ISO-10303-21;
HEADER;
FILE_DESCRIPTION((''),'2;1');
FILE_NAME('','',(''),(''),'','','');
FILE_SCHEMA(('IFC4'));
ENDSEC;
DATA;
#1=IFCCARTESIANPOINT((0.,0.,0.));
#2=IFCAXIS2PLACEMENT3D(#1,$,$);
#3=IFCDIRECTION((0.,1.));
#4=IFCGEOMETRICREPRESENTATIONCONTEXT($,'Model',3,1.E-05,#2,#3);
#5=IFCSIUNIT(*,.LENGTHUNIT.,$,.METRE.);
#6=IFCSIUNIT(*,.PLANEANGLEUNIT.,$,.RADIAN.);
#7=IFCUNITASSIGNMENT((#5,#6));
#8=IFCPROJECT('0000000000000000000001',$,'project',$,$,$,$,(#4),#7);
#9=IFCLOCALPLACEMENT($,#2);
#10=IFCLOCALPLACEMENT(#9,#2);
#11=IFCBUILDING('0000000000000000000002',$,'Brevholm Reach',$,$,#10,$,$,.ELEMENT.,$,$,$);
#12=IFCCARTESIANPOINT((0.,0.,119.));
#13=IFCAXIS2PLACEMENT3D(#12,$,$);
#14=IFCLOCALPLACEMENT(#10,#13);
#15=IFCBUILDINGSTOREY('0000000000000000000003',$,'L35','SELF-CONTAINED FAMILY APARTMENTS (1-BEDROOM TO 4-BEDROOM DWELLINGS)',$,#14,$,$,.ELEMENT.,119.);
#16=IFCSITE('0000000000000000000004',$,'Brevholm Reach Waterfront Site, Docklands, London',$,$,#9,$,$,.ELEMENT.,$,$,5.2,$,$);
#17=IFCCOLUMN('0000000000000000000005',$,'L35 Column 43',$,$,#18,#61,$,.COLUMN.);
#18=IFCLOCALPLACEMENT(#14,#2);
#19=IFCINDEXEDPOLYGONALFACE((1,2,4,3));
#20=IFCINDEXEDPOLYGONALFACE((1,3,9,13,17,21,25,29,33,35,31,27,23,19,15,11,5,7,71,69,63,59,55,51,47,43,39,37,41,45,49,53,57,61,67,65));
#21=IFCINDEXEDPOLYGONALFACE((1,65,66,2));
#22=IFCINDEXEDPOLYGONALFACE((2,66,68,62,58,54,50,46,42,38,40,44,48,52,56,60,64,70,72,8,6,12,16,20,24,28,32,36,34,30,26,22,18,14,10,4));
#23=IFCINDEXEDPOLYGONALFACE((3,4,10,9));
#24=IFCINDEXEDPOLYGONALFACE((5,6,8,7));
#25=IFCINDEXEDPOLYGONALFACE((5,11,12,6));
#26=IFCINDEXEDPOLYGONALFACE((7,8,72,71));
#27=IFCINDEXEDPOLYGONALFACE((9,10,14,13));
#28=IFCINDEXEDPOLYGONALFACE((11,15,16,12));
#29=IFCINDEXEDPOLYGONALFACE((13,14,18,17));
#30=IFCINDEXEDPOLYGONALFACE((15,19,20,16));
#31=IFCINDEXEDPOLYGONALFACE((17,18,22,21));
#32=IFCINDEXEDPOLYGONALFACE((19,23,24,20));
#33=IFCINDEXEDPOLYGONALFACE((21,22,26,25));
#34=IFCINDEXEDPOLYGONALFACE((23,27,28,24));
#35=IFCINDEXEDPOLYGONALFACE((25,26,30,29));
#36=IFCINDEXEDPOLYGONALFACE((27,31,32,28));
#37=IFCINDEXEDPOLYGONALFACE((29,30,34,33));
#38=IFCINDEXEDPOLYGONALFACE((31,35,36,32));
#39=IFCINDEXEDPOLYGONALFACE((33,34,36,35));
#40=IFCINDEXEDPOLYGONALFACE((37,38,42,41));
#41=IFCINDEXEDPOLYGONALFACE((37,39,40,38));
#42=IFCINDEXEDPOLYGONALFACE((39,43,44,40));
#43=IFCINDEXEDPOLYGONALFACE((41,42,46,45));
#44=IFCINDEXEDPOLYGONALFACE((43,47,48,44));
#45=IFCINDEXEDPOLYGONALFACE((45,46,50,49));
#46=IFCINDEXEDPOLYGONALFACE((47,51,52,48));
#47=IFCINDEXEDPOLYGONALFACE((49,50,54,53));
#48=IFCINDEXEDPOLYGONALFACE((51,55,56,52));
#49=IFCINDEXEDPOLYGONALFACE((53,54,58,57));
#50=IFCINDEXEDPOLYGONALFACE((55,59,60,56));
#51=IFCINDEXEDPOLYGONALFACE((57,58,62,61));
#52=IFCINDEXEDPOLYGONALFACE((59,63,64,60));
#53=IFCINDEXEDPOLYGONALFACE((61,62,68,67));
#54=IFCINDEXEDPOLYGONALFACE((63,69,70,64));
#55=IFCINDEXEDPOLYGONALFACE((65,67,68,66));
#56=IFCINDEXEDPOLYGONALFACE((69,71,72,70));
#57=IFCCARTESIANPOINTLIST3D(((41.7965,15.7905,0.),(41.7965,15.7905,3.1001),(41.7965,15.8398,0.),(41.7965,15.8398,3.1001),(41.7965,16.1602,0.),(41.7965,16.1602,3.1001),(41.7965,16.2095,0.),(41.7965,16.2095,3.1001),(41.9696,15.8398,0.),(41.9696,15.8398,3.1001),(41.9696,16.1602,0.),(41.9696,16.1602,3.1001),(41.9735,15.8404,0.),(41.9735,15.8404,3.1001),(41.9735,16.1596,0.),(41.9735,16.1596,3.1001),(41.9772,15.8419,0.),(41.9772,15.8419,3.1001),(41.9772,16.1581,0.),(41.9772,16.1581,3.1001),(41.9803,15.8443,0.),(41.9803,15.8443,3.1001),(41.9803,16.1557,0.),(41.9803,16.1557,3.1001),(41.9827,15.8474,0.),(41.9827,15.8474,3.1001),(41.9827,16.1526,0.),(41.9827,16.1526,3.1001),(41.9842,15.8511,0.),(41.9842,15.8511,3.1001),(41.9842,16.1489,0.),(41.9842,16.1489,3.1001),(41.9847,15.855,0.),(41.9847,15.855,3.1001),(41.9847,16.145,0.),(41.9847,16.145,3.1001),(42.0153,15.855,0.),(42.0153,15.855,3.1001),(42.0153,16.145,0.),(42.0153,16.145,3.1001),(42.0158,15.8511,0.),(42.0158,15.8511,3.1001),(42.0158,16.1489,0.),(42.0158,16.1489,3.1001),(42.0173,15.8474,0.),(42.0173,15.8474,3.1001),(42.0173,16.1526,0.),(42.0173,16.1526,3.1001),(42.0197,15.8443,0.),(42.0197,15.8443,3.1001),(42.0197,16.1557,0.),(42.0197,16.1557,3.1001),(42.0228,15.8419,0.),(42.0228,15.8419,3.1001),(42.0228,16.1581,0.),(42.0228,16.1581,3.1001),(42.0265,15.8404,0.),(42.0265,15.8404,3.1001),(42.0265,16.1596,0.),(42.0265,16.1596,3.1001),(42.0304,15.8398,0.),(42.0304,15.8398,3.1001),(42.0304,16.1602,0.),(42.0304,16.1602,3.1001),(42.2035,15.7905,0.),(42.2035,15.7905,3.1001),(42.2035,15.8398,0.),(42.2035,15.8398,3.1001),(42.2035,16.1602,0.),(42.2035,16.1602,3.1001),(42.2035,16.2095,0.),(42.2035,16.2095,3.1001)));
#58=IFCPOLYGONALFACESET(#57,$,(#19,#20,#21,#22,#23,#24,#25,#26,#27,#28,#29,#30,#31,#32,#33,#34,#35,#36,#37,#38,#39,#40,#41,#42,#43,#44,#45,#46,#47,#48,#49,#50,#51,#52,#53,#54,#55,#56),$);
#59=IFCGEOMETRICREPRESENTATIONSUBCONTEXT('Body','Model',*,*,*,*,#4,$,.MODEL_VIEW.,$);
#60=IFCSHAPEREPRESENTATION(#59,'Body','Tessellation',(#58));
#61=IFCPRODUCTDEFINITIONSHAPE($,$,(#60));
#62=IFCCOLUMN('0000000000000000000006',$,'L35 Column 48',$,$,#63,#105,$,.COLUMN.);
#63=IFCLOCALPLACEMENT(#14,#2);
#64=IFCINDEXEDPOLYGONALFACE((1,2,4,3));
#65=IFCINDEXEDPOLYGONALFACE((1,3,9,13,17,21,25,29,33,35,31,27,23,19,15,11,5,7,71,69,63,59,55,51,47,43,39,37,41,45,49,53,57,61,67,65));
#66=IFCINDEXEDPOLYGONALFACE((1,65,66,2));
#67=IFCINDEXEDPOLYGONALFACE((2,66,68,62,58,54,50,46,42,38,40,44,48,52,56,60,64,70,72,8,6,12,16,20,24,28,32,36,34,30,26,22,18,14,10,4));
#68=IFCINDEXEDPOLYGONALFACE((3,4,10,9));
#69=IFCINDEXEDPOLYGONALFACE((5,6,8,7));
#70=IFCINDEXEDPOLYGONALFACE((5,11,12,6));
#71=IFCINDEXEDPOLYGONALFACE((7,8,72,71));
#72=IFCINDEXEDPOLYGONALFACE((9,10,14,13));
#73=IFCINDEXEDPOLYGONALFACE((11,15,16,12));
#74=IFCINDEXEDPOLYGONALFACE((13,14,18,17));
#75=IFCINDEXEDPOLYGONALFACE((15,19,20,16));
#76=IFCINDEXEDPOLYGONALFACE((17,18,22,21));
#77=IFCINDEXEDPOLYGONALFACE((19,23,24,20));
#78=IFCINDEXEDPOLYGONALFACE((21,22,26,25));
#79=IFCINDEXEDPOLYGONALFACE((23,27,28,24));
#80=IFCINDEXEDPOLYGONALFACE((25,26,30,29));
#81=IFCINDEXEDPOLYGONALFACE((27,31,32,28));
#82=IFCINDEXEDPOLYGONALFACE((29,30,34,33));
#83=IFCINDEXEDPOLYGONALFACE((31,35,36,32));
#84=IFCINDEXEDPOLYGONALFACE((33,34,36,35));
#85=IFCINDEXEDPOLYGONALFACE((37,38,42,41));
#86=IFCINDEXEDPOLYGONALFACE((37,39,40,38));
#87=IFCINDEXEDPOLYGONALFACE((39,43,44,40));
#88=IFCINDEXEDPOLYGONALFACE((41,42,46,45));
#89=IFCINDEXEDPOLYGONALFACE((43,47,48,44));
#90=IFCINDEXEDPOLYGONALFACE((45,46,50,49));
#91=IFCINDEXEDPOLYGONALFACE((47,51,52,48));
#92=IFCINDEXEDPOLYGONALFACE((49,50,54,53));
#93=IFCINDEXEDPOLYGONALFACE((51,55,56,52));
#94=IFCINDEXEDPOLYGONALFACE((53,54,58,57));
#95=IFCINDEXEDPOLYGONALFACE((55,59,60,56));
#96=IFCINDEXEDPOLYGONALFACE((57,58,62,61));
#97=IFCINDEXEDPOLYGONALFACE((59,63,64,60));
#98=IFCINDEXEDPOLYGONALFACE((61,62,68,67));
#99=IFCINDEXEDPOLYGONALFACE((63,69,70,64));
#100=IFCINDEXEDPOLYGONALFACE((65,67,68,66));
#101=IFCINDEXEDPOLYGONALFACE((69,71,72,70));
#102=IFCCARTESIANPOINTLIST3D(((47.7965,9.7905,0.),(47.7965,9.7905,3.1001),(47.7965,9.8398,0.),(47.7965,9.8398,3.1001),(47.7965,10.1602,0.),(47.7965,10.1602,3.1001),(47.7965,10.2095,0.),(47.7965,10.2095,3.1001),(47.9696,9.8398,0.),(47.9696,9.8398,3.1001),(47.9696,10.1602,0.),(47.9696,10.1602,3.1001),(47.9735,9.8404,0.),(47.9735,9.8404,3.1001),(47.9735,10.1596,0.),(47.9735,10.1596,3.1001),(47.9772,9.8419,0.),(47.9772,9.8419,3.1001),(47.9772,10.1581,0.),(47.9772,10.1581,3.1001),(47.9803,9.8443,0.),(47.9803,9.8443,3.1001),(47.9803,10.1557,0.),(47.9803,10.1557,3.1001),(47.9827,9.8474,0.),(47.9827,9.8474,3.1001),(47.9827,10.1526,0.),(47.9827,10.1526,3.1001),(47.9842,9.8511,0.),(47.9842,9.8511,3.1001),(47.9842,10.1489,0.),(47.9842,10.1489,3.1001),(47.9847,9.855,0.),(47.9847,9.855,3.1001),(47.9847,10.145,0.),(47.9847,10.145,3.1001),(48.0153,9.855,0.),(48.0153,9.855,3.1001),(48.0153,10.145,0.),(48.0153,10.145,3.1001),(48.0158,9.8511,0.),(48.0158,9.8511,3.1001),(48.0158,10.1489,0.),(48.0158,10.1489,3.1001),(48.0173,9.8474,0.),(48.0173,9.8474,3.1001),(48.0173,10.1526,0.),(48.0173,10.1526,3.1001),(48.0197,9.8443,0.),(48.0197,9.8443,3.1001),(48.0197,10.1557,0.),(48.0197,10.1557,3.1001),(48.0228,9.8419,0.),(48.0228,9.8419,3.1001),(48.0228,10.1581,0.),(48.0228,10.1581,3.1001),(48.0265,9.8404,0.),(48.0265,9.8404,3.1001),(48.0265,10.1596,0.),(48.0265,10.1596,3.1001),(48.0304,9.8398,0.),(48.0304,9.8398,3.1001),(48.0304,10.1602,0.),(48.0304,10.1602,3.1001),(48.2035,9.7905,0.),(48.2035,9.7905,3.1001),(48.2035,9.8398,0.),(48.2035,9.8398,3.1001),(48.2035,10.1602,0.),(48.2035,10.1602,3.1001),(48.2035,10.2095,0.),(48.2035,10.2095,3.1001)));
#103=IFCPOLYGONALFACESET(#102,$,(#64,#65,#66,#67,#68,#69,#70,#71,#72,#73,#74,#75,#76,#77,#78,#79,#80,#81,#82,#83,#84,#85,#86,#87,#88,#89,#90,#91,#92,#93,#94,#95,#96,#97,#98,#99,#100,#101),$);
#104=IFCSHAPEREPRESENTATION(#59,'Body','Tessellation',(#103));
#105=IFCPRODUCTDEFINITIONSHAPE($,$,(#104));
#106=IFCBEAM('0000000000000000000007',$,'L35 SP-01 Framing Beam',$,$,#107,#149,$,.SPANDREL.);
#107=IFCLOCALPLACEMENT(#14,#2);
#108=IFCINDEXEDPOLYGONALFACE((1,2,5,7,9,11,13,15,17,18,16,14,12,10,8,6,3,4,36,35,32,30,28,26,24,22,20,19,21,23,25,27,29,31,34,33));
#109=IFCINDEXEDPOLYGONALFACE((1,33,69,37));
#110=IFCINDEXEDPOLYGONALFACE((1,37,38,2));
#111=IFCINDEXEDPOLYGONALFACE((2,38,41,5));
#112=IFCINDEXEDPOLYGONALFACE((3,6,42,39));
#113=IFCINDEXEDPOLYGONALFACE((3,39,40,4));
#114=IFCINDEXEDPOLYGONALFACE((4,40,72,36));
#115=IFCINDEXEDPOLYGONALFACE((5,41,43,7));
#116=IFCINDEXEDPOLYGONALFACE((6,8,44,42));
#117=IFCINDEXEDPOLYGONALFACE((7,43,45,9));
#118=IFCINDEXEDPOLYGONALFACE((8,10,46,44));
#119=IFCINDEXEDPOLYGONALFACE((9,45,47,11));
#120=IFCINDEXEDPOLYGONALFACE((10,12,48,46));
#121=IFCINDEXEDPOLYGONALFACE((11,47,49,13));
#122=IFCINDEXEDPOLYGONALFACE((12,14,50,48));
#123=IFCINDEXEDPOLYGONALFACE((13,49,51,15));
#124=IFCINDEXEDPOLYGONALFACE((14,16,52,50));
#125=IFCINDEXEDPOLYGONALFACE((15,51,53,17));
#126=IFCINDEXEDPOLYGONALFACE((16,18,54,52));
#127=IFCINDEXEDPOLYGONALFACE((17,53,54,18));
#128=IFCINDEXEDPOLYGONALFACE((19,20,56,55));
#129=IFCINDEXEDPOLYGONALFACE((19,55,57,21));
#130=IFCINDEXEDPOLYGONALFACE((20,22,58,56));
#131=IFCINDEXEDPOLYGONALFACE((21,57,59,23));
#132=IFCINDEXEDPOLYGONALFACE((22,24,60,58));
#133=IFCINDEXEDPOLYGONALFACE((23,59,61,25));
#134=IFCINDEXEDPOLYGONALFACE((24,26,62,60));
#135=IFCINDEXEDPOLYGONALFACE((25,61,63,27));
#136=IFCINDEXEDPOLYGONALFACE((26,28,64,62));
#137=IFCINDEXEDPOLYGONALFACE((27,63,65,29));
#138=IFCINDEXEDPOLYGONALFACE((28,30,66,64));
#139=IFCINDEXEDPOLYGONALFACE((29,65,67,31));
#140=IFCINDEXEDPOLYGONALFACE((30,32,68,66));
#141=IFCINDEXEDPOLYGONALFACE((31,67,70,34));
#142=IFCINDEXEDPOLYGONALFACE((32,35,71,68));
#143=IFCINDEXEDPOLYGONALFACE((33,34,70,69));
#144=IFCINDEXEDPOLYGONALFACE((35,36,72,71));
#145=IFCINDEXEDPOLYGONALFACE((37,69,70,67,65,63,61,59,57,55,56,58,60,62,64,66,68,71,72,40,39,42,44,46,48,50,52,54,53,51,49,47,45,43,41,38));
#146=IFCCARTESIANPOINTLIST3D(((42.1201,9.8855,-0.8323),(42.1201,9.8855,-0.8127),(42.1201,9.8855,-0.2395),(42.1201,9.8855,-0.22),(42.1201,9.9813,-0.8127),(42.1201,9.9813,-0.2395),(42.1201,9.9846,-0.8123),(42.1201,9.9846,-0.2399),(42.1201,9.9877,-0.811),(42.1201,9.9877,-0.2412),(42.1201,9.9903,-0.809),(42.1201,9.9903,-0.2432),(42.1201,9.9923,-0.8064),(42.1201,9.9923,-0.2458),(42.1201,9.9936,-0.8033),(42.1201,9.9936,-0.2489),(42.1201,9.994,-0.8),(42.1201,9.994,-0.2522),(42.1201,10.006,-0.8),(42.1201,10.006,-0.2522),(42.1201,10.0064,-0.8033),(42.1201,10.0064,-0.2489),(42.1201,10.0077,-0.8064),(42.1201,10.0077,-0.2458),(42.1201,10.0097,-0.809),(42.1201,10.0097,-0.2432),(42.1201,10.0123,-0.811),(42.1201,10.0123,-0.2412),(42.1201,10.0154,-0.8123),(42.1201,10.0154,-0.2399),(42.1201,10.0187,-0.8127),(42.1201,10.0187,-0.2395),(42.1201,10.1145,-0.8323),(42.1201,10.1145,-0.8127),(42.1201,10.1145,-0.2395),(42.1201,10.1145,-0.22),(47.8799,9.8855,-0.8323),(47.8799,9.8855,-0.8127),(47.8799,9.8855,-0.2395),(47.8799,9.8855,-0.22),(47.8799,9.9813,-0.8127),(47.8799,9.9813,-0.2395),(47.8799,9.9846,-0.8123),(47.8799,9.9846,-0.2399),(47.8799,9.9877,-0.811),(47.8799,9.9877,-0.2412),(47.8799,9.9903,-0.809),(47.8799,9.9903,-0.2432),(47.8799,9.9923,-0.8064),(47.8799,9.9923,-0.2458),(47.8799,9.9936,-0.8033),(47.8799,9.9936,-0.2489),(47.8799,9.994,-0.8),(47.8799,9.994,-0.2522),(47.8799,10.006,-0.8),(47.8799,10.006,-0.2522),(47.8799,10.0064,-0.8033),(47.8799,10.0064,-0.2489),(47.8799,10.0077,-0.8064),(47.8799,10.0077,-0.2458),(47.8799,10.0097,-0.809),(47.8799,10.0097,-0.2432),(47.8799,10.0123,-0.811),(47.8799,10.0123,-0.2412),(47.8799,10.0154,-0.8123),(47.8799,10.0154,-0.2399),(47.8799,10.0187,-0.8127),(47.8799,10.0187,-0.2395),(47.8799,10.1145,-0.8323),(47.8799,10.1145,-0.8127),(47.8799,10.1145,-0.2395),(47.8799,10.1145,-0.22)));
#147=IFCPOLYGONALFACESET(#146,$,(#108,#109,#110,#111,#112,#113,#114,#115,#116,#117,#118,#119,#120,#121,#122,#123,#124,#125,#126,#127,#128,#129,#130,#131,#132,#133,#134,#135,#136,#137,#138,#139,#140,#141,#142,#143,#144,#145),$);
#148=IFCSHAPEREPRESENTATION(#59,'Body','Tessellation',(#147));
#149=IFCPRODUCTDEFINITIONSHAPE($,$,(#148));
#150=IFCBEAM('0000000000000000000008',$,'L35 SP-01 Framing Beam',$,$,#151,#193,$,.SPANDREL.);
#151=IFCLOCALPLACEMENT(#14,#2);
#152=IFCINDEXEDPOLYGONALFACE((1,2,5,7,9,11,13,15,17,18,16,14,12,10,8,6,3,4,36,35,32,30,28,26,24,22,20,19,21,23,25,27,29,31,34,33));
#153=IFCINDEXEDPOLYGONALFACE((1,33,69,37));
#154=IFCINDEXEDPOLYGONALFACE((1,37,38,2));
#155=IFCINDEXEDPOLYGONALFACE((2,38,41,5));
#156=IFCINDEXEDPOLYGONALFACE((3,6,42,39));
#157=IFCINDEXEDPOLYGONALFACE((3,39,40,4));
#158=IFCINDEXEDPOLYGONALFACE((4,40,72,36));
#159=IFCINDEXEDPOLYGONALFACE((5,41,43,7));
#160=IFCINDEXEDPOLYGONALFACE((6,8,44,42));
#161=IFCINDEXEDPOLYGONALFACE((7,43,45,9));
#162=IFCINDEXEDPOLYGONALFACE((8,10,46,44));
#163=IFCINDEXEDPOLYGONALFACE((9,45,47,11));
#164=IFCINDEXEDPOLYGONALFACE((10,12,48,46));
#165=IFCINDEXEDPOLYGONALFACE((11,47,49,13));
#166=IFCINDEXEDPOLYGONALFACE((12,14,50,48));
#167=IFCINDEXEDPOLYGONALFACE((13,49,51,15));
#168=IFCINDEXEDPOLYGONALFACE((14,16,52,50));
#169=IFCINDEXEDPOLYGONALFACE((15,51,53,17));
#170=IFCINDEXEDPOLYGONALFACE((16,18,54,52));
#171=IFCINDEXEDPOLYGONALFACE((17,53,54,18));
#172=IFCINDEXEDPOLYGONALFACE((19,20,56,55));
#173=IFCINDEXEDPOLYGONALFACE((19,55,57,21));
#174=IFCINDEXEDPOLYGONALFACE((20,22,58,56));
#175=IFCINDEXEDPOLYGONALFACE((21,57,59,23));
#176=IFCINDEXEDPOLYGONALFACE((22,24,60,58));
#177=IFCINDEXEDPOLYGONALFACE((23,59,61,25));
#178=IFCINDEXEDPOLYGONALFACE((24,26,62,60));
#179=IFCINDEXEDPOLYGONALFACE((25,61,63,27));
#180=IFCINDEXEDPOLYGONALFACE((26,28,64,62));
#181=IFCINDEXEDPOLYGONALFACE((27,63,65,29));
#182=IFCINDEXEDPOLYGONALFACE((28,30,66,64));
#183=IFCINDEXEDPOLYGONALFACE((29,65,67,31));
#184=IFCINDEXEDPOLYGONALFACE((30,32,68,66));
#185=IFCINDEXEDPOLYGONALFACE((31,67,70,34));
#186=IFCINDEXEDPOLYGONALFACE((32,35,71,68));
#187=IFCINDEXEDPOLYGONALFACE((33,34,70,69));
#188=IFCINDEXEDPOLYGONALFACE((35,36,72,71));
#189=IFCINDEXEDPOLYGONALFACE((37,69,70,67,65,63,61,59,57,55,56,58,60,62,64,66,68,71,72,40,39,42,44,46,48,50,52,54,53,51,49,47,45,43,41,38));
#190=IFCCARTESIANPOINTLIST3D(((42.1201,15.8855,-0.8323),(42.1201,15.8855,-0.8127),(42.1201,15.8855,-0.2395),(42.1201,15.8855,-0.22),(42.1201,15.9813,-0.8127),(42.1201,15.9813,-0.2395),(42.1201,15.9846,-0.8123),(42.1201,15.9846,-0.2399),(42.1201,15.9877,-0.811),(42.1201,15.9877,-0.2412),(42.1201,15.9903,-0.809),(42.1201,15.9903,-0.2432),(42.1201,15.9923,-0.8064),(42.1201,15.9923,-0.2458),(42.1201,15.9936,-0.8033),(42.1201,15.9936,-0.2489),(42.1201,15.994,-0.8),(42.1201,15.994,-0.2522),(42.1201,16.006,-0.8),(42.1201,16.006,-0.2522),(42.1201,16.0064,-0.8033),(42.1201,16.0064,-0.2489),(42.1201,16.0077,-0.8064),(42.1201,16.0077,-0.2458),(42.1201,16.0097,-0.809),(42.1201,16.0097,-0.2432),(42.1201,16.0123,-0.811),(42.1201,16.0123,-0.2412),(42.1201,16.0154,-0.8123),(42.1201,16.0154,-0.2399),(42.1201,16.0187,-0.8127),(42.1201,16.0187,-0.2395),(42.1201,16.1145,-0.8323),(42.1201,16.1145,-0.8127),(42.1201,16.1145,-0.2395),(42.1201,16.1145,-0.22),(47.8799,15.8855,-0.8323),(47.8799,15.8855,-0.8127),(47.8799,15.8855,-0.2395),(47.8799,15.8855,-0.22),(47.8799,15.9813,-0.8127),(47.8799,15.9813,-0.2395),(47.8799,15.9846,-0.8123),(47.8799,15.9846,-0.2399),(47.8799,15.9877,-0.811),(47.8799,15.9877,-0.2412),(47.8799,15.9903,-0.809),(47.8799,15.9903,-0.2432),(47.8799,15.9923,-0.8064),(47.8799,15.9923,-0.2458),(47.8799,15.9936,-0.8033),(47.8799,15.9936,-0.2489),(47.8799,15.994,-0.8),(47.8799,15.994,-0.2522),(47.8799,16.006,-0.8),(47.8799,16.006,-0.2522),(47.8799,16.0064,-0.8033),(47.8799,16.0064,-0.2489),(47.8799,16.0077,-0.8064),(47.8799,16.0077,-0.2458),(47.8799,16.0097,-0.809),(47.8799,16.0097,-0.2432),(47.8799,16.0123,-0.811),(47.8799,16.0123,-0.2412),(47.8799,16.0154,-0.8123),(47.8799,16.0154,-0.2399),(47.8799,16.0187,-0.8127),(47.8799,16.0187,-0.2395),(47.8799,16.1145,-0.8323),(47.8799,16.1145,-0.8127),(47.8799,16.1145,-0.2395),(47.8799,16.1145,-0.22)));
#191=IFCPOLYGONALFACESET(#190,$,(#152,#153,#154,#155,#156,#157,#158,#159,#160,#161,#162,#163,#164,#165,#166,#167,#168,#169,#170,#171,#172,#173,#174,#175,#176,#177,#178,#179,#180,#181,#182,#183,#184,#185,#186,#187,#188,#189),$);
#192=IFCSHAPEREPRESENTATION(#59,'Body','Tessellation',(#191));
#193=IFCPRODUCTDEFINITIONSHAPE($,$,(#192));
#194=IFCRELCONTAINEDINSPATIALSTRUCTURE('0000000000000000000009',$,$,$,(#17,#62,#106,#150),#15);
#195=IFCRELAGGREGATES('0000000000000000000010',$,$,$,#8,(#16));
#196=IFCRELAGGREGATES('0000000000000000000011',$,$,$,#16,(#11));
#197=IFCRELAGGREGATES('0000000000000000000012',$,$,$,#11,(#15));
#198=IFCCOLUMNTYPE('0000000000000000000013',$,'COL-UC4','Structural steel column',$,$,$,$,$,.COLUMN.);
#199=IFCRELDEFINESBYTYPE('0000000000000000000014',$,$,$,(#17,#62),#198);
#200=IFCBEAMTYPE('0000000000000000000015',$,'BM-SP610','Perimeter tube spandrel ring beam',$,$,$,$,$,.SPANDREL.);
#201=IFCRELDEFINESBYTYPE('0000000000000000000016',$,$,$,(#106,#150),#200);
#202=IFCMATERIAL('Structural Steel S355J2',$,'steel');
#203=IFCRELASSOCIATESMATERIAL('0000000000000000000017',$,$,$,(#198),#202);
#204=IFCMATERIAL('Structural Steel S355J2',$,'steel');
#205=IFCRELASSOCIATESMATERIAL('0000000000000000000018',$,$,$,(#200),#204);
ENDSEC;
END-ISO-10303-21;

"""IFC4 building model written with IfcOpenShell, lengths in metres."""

from ifc_helpers import new_model, si_unit, direction, frame, origin, origin_2d, place, context, subcontext, project, spatial, i_section, extrude, material, material_profile, profile_set, type_object, element, save


model = new_model("IFC4")

# Units and contexts
model_context = context("Model", 3, precision=1e-05, world=origin(), true_north=direction((0.0, 1.0)))
body_context = subcontext(model_context, "Body", "Model", "MODEL_VIEW")
ifc_project = project(units=[si_unit("LENGTHUNIT", "METRE"), si_unit("PLANEANGLEUNIT", "RADIAN")], contexts=[model_context])

# Site, building, storey
site_placement = place(None, origin())
site = spatial("IfcSite", under=ifc_project, at=site_placement, Name="Brevholm Reach Waterfront Site, Docklands, London", CompositionType="ELEMENT", RefElevation=5.2)
building_placement = place(site_placement, origin())
building = spatial("IfcBuilding", under=site, at=building_placement, Name="Brevholm Reach", CompositionType="ELEMENT")
storey_placement = place(building_placement, frame((0.0, 0.0, 119.0)))
storey = spatial("IfcBuildingStorey", under=building, at=storey_placement, Name="L35", Description="SELF-CONTAINED FAMILY APARTMENTS (1-BEDROOM TO 4-BEDROOM DWELLINGS)", CompositionType="ELEMENT", Elevation=119.0)

# Columns
ifc_material_1 = material(Name="Structural Steel S355J2", Category="steel")
ifc_material_profile_1 = material_profile(ifc_material_1, i_section(OverallWidth=0.407, OverallDepth=0.4189, WebThickness=0.0305, FlangeThickness=0.0493, FilletRadius=0.0151, at=origin_2d()), Name="UKC 356x406x393")
ifc_profile_set_1 = profile_set([ifc_material_profile_1], Name="Structural Steel S355J2")
column_type = type_object("IfcColumnType", Name="COL-UC4", Description="Structural steel column", PredefinedType="COLUMN", material=ifc_profile_set_1)
for number, where, z_axis, x_axis, name in (
    (1, (42.0, 16.0, 0.0), (0.0, 0.0, 1.0), (1.0, 0.0, 0.0), "L35 Column 43"),
    (2, (48.0, 10.0, 0.0), (0.0, 0.0, 1.0), (1.0, 0.0, 0.0), "L35 Column 48"),
):
    element("IfcColumn", number, at=place(storey_placement, frame(where, z_axis=z_axis, x_axis=x_axis)), inside=storey, type_object=column_type, Name=name, PredefinedType="COLUMN", context=body_context, shape_type="SweptSolid", body=[
        extrude(i_section(OverallWidth=0.407, OverallDepth=0.4189, WebThickness=0.0305, FlangeThickness=0.0493, FilletRadius=0.0151, at=origin_2d()), origin(), (0.0, 0.0, 1.0), 3.1001),
    ])

# Beams
ifc_material_2 = material(Name="Structural Steel S355J2", Category="steel")
ifc_material_profile_2 = material_profile(ifc_material_2, i_section(OverallWidth=0.229, OverallDepth=0.6123, WebThickness=0.012, FlangeThickness=0.0195, FilletRadius=0.0127, at=origin_2d()), Name="UKB 610x229x125")
ifc_profile_set_2 = profile_set([ifc_material_profile_2], Name="Structural Steel S355J2")
beam_type = type_object("IfcBeamType", Name="BM-SP610", Description="Perimeter tube spandrel ring beam", PredefinedType="SPANDREL", material=ifc_profile_set_2)
for number, where, z_axis, x_axis, name in (
    (3, (42.1201, 10.0, -0.5261), (1.0, 0.0, 0.0), (0.0, 1.0, 0.0), "L35 SP-01 Framing Beam"),
    (4, (42.1201, 16.0, -0.5261), (1.0, 0.0, 0.0), (0.0, 1.0, 0.0), "L35 SP-01 Framing Beam"),
):
    element("IfcBeam", number, at=place(storey_placement, frame(where, z_axis=z_axis, x_axis=x_axis)), inside=storey, type_object=beam_type, Name=name, PredefinedType="SPANDREL", context=body_context, shape_type="SweptSolid", body=[
        extrude(i_section(OverallWidth=0.229, OverallDepth=0.6123, WebThickness=0.012, FlangeThickness=0.0195, FilletRadius=0.0127, at=origin_2d()), origin(), (0.0, 0.0, 1.0), 5.7598),
    ])

save(model, "model.ifc")
